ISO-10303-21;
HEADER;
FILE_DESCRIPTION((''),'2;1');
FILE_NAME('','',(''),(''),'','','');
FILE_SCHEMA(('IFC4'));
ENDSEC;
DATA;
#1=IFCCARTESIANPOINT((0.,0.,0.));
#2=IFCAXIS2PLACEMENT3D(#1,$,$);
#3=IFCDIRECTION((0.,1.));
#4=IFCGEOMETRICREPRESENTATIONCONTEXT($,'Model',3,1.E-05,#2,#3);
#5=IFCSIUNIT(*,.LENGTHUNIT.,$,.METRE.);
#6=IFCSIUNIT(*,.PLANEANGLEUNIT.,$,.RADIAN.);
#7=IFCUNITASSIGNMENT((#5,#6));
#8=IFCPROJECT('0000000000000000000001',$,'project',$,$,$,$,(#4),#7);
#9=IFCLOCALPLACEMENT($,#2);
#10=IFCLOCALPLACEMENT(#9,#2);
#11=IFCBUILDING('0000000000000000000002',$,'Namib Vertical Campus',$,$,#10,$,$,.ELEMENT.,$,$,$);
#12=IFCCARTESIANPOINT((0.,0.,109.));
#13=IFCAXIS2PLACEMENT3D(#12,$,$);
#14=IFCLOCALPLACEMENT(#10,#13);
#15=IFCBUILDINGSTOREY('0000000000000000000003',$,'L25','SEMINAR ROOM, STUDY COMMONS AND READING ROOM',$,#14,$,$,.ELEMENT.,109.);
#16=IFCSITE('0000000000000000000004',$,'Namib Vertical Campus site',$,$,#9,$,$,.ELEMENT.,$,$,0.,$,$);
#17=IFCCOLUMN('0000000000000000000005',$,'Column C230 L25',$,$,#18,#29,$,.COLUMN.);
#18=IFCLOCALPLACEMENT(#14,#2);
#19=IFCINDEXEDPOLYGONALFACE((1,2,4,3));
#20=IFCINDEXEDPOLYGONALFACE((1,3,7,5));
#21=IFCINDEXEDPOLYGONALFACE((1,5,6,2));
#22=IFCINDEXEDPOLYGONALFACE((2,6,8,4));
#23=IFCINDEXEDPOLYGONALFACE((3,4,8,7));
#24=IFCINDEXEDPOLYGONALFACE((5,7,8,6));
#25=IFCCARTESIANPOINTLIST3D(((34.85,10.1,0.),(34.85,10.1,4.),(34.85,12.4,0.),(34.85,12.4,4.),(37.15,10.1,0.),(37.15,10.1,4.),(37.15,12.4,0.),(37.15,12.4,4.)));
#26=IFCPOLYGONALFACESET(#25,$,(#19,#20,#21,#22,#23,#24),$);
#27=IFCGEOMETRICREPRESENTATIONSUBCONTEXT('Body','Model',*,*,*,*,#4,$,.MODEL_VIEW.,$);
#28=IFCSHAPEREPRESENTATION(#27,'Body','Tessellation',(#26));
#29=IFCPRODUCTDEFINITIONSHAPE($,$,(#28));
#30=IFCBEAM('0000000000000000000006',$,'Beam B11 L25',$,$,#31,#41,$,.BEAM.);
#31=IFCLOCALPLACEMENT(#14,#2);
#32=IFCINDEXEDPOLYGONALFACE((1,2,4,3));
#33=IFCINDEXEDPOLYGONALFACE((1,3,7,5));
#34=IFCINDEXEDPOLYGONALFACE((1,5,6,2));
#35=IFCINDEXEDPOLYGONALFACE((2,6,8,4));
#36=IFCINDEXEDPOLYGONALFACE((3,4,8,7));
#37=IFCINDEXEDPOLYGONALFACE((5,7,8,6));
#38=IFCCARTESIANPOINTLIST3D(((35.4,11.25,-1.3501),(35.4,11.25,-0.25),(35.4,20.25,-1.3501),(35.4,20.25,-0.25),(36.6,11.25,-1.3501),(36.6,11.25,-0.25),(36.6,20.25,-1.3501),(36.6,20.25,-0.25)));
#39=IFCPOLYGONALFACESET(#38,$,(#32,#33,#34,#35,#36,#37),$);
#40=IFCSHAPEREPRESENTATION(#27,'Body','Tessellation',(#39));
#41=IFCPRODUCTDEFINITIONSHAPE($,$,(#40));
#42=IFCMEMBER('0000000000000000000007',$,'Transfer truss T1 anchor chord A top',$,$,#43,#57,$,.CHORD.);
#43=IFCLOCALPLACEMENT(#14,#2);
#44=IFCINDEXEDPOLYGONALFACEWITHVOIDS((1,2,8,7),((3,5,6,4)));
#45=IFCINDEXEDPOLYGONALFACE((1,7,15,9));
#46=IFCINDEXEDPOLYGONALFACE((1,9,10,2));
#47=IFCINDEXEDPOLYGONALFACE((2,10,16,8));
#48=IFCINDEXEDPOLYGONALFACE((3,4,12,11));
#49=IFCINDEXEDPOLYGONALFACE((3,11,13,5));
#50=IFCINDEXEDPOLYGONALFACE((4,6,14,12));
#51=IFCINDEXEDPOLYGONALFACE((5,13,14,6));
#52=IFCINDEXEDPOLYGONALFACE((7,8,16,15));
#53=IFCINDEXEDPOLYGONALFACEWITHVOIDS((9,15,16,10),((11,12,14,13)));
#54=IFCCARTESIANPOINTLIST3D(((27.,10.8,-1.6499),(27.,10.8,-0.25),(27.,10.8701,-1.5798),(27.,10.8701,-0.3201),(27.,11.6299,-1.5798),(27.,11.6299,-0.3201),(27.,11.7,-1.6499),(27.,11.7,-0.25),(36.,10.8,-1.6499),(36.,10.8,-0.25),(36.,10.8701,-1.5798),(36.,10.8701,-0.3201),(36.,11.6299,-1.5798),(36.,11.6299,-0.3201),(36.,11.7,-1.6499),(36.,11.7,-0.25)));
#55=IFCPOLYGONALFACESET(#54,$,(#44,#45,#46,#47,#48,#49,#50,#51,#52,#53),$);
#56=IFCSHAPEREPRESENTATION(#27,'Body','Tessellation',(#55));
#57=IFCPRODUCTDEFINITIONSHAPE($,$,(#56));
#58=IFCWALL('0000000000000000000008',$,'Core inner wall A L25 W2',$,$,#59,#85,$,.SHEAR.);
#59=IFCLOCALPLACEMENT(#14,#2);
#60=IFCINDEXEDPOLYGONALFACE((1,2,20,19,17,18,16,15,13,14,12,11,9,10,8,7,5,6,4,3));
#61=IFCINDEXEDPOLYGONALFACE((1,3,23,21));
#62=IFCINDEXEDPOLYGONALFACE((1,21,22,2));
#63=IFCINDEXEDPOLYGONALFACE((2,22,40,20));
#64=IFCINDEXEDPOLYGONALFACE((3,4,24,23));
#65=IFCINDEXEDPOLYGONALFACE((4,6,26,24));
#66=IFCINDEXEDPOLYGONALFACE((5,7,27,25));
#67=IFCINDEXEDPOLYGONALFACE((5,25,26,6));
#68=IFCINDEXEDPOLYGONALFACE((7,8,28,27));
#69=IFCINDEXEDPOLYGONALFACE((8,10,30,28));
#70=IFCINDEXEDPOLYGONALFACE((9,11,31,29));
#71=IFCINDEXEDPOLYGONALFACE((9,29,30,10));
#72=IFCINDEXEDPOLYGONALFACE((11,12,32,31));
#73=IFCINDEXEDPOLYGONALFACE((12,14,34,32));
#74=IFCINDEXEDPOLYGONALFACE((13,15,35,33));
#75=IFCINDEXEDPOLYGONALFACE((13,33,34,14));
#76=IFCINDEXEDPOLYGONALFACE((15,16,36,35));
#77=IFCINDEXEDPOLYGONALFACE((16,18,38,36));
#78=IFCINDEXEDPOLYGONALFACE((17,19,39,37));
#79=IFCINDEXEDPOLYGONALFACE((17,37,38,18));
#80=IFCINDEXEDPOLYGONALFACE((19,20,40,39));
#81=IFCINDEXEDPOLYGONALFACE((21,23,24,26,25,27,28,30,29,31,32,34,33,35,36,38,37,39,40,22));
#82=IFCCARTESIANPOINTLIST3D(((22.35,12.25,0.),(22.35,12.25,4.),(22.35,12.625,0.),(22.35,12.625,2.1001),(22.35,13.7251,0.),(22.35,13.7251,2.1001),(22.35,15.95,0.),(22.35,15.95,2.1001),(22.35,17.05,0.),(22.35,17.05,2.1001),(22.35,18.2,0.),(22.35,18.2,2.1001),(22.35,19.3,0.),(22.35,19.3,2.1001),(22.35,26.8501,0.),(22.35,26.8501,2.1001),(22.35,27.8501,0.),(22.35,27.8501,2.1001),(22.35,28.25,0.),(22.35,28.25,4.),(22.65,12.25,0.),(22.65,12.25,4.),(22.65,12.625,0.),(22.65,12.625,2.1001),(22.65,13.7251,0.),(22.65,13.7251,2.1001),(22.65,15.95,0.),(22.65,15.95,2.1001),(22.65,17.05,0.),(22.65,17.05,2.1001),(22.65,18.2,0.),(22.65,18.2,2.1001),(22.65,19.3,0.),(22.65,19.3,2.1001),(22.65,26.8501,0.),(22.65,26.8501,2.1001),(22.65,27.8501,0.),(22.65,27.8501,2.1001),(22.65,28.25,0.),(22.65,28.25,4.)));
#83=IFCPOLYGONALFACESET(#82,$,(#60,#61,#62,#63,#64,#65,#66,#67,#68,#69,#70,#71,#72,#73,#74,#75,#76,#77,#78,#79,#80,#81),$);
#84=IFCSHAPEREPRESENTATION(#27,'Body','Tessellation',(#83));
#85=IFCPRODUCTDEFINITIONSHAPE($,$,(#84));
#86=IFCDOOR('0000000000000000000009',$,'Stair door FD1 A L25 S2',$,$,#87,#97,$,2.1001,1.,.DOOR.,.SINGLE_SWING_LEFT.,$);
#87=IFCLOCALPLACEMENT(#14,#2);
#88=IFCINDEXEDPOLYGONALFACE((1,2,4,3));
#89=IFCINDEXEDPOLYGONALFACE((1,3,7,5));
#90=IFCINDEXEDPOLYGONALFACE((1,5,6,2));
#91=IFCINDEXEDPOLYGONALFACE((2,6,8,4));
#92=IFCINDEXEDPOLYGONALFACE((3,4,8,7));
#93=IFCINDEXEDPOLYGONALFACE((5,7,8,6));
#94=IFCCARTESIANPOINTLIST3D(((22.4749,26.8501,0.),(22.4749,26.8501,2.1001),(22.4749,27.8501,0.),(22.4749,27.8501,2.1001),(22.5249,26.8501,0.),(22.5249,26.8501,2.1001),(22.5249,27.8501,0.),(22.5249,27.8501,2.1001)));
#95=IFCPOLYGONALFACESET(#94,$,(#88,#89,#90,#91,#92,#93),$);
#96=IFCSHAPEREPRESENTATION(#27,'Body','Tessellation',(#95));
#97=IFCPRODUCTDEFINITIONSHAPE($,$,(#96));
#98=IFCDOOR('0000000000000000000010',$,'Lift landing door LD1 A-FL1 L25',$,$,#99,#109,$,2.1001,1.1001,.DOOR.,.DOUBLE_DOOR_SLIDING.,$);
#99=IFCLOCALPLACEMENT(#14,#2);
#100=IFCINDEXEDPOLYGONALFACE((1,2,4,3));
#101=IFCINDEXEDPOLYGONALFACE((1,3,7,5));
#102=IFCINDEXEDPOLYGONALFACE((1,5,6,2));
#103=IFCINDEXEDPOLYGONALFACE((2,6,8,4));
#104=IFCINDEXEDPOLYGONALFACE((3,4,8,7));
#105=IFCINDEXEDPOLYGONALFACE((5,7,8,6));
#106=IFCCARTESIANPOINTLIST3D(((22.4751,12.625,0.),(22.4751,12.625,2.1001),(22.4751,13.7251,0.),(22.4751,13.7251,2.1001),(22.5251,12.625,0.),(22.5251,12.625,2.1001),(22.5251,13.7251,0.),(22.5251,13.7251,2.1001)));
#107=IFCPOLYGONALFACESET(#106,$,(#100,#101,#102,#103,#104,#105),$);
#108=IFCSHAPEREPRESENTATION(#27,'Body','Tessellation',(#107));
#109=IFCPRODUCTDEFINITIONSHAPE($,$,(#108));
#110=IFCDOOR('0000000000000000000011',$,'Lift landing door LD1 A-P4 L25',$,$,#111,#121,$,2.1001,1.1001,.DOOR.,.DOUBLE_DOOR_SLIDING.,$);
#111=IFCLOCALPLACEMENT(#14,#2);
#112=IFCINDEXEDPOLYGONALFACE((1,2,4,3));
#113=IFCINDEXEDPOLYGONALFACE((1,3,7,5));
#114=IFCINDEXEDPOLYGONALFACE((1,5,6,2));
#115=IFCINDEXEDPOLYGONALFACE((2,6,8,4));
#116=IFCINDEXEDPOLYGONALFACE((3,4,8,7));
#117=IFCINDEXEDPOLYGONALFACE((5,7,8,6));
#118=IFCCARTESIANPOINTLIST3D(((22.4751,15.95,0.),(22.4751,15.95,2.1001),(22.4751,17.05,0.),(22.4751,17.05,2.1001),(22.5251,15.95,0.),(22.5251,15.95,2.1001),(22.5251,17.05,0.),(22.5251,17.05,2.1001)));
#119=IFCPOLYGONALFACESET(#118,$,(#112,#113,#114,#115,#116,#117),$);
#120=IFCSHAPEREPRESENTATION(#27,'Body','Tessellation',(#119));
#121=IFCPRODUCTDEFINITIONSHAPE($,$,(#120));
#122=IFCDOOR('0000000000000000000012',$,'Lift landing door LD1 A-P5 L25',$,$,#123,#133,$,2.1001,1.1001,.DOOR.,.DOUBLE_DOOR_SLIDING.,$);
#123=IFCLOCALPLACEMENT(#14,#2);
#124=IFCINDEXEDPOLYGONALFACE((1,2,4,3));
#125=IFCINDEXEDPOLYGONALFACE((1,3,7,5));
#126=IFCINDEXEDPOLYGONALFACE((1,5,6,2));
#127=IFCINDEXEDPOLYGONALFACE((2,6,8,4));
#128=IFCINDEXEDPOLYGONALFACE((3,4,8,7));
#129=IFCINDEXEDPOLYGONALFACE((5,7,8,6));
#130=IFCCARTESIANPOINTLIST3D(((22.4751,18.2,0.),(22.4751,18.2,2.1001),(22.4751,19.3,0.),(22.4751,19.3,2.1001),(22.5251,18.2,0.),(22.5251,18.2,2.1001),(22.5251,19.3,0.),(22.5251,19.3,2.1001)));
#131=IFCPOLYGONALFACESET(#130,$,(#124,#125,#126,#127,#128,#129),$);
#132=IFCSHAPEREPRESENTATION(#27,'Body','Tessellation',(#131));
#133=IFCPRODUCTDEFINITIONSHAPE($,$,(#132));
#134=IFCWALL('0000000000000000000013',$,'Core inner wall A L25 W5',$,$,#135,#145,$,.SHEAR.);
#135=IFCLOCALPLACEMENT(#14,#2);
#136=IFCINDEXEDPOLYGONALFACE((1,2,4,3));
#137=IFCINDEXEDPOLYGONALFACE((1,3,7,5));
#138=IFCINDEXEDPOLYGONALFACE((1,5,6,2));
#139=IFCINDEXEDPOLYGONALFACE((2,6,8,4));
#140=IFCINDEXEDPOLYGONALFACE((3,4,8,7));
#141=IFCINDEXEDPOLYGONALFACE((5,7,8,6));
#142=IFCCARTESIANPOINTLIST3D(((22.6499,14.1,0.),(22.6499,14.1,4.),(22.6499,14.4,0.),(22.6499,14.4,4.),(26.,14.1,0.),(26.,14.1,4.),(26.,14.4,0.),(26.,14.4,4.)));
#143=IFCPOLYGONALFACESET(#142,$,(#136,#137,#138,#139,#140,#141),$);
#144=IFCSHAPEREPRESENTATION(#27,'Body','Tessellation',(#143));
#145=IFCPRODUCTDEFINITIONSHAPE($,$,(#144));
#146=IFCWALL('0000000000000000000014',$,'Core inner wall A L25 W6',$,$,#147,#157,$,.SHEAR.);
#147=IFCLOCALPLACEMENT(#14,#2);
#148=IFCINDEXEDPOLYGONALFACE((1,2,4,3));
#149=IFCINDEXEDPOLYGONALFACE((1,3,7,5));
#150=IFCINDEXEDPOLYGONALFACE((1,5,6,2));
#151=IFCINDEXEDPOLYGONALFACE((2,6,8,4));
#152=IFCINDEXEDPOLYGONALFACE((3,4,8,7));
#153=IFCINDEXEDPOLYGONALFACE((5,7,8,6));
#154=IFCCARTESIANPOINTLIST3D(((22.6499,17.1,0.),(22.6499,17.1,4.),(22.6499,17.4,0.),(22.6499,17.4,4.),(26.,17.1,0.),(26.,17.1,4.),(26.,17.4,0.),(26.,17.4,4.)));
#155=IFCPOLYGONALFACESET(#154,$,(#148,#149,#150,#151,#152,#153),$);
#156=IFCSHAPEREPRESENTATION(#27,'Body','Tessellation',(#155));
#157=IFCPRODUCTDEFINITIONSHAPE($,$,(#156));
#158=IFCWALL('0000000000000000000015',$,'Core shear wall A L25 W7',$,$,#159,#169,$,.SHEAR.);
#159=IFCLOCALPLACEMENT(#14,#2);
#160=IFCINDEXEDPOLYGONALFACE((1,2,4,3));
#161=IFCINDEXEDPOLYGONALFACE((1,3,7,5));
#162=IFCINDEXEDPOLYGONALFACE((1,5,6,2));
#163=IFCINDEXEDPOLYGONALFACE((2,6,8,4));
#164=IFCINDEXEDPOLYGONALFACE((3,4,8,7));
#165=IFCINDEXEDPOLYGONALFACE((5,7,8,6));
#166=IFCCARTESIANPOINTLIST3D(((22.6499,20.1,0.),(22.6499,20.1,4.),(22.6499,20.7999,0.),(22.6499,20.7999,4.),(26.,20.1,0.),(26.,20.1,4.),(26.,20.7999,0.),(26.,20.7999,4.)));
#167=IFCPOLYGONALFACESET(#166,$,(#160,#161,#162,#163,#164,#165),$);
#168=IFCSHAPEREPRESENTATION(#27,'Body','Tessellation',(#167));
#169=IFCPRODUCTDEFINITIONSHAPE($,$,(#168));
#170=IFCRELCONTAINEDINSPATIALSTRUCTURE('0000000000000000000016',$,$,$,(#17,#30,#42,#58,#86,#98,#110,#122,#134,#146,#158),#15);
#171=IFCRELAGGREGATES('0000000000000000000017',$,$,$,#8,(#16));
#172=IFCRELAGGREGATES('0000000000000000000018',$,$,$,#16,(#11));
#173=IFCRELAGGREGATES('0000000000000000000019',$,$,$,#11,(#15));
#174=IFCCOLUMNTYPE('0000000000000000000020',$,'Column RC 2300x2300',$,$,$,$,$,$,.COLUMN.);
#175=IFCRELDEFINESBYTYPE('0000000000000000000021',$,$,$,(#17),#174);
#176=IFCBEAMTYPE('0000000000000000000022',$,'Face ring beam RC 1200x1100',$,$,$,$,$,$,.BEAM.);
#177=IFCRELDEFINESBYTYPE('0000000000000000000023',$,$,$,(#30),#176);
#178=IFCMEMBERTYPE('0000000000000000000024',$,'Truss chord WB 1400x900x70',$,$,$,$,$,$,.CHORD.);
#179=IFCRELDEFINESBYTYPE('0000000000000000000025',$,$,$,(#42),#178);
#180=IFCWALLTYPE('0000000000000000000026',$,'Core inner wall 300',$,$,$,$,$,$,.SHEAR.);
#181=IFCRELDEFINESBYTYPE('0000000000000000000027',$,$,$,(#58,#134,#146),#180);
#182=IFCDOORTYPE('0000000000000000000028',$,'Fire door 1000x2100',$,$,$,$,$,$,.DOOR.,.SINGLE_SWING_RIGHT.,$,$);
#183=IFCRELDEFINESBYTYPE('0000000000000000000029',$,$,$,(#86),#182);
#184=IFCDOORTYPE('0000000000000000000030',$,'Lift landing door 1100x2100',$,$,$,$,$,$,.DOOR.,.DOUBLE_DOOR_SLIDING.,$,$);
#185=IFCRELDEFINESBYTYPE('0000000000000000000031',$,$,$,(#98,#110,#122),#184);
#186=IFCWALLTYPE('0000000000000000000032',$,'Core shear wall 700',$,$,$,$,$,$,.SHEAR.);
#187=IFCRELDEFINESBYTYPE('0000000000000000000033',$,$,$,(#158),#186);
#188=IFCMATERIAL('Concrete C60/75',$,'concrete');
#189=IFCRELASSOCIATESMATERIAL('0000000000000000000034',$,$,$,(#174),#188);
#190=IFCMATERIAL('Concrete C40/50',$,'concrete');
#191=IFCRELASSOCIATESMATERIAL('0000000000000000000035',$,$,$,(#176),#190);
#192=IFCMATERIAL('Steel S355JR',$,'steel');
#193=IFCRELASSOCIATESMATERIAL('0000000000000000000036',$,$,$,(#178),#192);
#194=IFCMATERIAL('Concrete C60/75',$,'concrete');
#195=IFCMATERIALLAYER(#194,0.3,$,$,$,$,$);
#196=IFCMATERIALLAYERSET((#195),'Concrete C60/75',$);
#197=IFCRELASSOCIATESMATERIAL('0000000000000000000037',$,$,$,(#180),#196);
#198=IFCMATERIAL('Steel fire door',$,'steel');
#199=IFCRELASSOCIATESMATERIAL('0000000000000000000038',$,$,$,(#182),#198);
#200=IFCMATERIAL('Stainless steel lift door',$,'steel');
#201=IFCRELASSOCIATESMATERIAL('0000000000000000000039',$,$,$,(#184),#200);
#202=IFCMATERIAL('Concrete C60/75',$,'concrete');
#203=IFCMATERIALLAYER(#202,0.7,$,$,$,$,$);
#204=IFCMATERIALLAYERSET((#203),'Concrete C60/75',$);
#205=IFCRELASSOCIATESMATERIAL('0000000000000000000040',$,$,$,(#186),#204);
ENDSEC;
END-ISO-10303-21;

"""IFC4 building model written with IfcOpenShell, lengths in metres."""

from ifc_helpers import new_model, si_unit, direction, frame, frame_2d, origin, origin_2d, place, context, subcontext, project, spatial, rectangle, hollow_rectangle, extrude, material, layer, layer_set, material_profile, profile_set, type_object, element, fill, save


model = new_model("IFC4")

# Units and contexts
model_context = context("Model", 3, precision=1e-05, world=origin(), true_north=direction((0.0, 1.0)))
body_context = subcontext(model_context, "Body", "Model", "MODEL_VIEW")
ifc_project = project(units=[si_unit("LENGTHUNIT", "METRE"), si_unit("PLANEANGLEUNIT", "RADIAN")], contexts=[model_context])

# Site, building, storey
site_placement = place(None, origin())
site = spatial("IfcSite", under=ifc_project, at=site_placement, Name="Namib Vertical Campus site", CompositionType="ELEMENT", RefElevation=0.0)
building_placement = place(site_placement, origin())
building = spatial("IfcBuilding", under=site, at=building_placement, Name="Namib Vertical Campus", CompositionType="ELEMENT")
storey_placement = place(building_placement, frame((0.0, 0.0, 109.0)))
storey = spatial("IfcBuildingStorey", under=building, at=storey_placement, Name="L25", Description="SEMINAR ROOM, STUDY COMMONS AND READING ROOM", CompositionType="ELEMENT", Elevation=109.0)

# Column
ifc_material_1 = material(Name="Concrete C60/75", Category="concrete")
ifc_material_profile_1 = material_profile(ifc_material_1, rectangle(XDim=2.3, YDim=2.3, at=origin_2d()))
ifc_profile_set_1 = profile_set([ifc_material_profile_1], Name="Concrete C60/75")
column_type = type_object("IfcColumnType", Name="Column RC 2300x2300", PredefinedType="COLUMN", material=ifc_profile_set_1)
column_placement = place(storey_placement, frame((36.0, 11.25, 0.0), z_axis=(0.0, 0.0, 1.0), x_axis=(1.0, 0.0, 0.0)))
element("IfcColumn", 1, at=column_placement, inside=storey, type_object=column_type, Name="Column C230 L25", PredefinedType="COLUMN", context=body_context, shape_type="SweptSolid", body=[
    extrude(rectangle(XDim=2.3, YDim=2.3, at=origin_2d()), origin(), (0.0, 0.0, 1.0), 4.0),
])

# Beam
ifc_material_2 = material(Name="Concrete C40/50", Category="concrete")
ifc_material_profile_2 = material_profile(ifc_material_2, rectangle(XDim=1.2, YDim=1.1001, at=origin_2d()))
ifc_profile_set_2 = profile_set([ifc_material_profile_2], Name="Concrete C40/50")
beam_type = type_object("IfcBeamType", Name="Face ring beam RC 1200x1100", PredefinedType="BEAM", material=ifc_profile_set_2)
beam_placement = place(storey_placement, frame((36.0, 11.25, -0.8), z_axis=(0.0, 1.0, 0.0), x_axis=(-1.0, 0.0, 0.0)))
element("IfcBeam", 2, at=beam_placement, inside=storey, type_object=beam_type, Name="Beam B11 L25", PredefinedType="BEAM", context=body_context, shape_type="SweptSolid", body=[
    extrude(rectangle(XDim=1.2, YDim=1.1001, at=origin_2d()), origin(), (0.0, 0.0, 1.0), 9.0),
])

# Member
ifc_material_3 = material(Name="Steel S355JR", Category="steel")
ifc_material_profile_3 = material_profile(ifc_material_3, hollow_rectangle(XDim=0.8999, YDim=1.3999, WallThickness=0.0701, at=origin_2d()))
ifc_profile_set_3 = profile_set([ifc_material_profile_3], Name="Steel S355JR")
member_type = type_object("IfcMemberType", Name="Truss chord WB 1400x900x70", PredefinedType="CHORD", material=ifc_profile_set_3)
member_placement = place(storey_placement, frame((36.0, 11.25, -0.95), z_axis=(-1.0, 0.0, 0.0), x_axis=(0.0, -1.0, 0.0)))
element("IfcMember", 3, at=member_placement, inside=storey, type_object=member_type, Name="Transfer truss T1 anchor chord A top", PredefinedType="CHORD", context=body_context, shape_type="SweptSolid", body=[
    extrude(hollow_rectangle(XDim=0.8999, YDim=1.3999, WallThickness=0.0701, at=origin_2d()), origin(), (0.0, 0.0, 1.0), 9.0),
])

# Wall, openings, doors
ifc_material_4 = material(Name="Concrete C60/75", Category="concrete")
ifc_layer_1 = layer(ifc_material_4, 0.3)
ifc_layer_set_1 = layer_set([ifc_layer_1], Name="Concrete C60/75")
wall_type_1 = type_object("IfcWallType", Name="Core inner wall 300", PredefinedType="SHEAR", material=ifc_layer_set_1)
wall_1_placement = place(storey_placement, frame((22.5, 12.25, 0.0), z_axis=(0.0, 0.0, 1.0), x_axis=(0.0, 1.0, 0.0)))
wall_1 = element("IfcWall", 4, at=wall_1_placement, inside=storey, type_object=wall_type_1, Name="Core inner wall A L25 W2", PredefinedType="SHEAR", context=body_context, shape_type="SweptSolid", body=[
    extrude(rectangle(XDim=16.0, YDim=0.3, at=frame_2d((8.0, 0.0))), origin(), (0.0, 0.0, 1.0), 4.0),
])
opening_1_placement = place(wall_1_placement, frame((14.6001, 0.0, 0.0)))
opening_1 = element("IfcOpeningElement", 5, at=opening_1_placement, cuts=wall_1, PredefinedType="OPENING", context=body_context, shape_type="SweptSolid", body=[
    extrude(rectangle(XDim=1.0, YDim=2.1001, at=frame_2d((0.5, 1.05))), frame((0.0, 0.1599, 0.0), z_axis=(0.0, -1.0, 0.0), x_axis=(1.0, 0.0, 0.0)), (0.0, 0.0, 1.0), 0.3201),
])
opening_2_placement = place(wall_1_placement, frame((0.375, 0.0, 0.0)))
opening_2 = element("IfcOpeningElement", 6, at=opening_2_placement, cuts=wall_1, PredefinedType="OPENING", context=body_context, shape_type="SweptSolid", body=[
    extrude(rectangle(XDim=1.1001, YDim=2.1001, at=frame_2d((0.55, 1.05))), frame((0.0, 0.1599, 0.0), z_axis=(0.0, -1.0, 0.0), x_axis=(1.0, 0.0, 0.0)), (0.0, 0.0, 1.0), 0.3201),
])
opening_3_placement = place(wall_1_placement, frame((3.7, 0.0, 0.0)))
opening_3 = element("IfcOpeningElement", 7, at=opening_3_placement, cuts=wall_1, PredefinedType="OPENING", context=body_context, shape_type="SweptSolid", body=[
    extrude(rectangle(XDim=1.1001, YDim=2.1001, at=frame_2d((0.55, 1.05))), frame((0.0, 0.1599, 0.0), z_axis=(0.0, -1.0, 0.0), x_axis=(1.0, 0.0, 0.0)), (0.0, 0.0, 1.0), 0.3201),
])
opening_4_placement = place(wall_1_placement, frame((5.95, 0.0, 0.0)))
opening_4 = element("IfcOpeningElement", 8, at=opening_4_placement, cuts=wall_1, PredefinedType="OPENING", context=body_context, shape_type="SweptSolid", body=[
    extrude(rectangle(XDim=1.1001, YDim=2.1001, at=frame_2d((0.55, 1.05))), frame((0.0, 0.1599, 0.0), z_axis=(0.0, -1.0, 0.0), x_axis=(1.0, 0.0, 0.0)), (0.0, 0.0, 1.0), 0.3201),
])
ifc_material_5 = material(Name="Steel fire door", Category="steel")
door_type_1 = type_object("IfcDoorType", Name="Fire door 1000x2100", OperationType="SINGLE_SWING_RIGHT", PredefinedType="DOOR", material=ifc_material_5)
door_1_placement = place(opening_1_placement, frame((1.0, 0.0, 0.0), z_axis=(0.0, 0.0, 1.0), x_axis=(-1.0, 0.0, 0.0)))
door_1 = element("IfcDoor", 9, at=door_1_placement, inside=storey, type_object=door_type_1, Name="Stair door FD1 A L25 S2", OperationType="SINGLE_SWING_LEFT", OverallHeight=2.1001, OverallWidth=1.0, PredefinedType="DOOR", context=body_context, shape_type="SweptSolid", body=[
    extrude(rectangle(XDim=1.0, YDim=2.1001, at=frame_2d((0.5, 1.05))), frame((0.0, 0.0249, 0.0), z_axis=(0.0, -1.0, 0.0), x_axis=(1.0, 0.0, 0.0)), (0.0, 0.0, 1.0), 0.05),
])
fill(opening_1, door_1)
ifc_material_6 = material(Name="Stainless steel lift door", Category="steel")
door_type_2 = type_object("IfcDoorType", Name="Lift landing door 1100x2100", OperationType="DOUBLE_DOOR_SLIDING", PredefinedType="DOOR", material=ifc_material_6)
door_2_placement = place(opening_2_placement, origin())
door_2 = element("IfcDoor", 10, at=door_2_placement, inside=storey, type_object=door_type_2, Name="Lift landing door LD1 A-FL1 L25", OperationType="DOUBLE_DOOR_SLIDING", OverallHeight=2.1001, OverallWidth=1.1001, PredefinedType="DOOR", context=body_context, shape_type="SweptSolid", body=[
    extrude(rectangle(XDim=1.1001, YDim=2.1001, at=frame_2d((0.55, 1.05))), frame((0.0, 0.0249, 0.0), z_axis=(0.0, -1.0, 0.0), x_axis=(1.0, 0.0, 0.0)), (0.0, 0.0, 1.0), 0.05),
])
fill(opening_2, door_2)
door_3_placement = place(opening_3_placement, origin())
door_3 = element("IfcDoor", 11, at=door_3_placement, inside=storey, type_object=door_type_2, Name="Lift landing door LD1 A-P4 L25", OperationType="DOUBLE_DOOR_SLIDING", OverallHeight=2.1001, OverallWidth=1.1001, PredefinedType="DOOR", context=body_context, shape_type="SweptSolid", body=[
    extrude(rectangle(XDim=1.1001, YDim=2.1001, at=frame_2d((0.55, 1.05))), frame((0.0, 0.0249, 0.0), z_axis=(0.0, -1.0, 0.0), x_axis=(1.0, 0.0, 0.0)), (0.0, 0.0, 1.0), 0.05),
])
fill(opening_3, door_3)
door_4_placement = place(opening_4_placement, origin())
door_4 = element("IfcDoor", 12, at=door_4_placement, inside=storey, type_object=door_type_2, Name="Lift landing door LD1 A-P5 L25", OperationType="DOUBLE_DOOR_SLIDING", OverallHeight=2.1001, OverallWidth=1.1001, PredefinedType="DOOR", context=body_context, shape_type="SweptSolid", body=[
    extrude(rectangle(XDim=1.1001, YDim=2.1001, at=frame_2d((0.55, 1.05))), frame((0.0, 0.0249, 0.0), z_axis=(0.0, -1.0, 0.0), x_axis=(1.0, 0.0, 0.0)), (0.0, 0.0, 1.0), 0.05),
])
fill(opening_4, door_4)

# Walls
for number, where, z_axis, x_axis, name in (
    (13, (22.6499, 14.25, 0.0), (0.0, 0.0, 1.0), (1.0, 0.0, 0.0), "Core inner wall A L25 W5"),
    (14, (22.6499, 17.25, 0.0), (0.0, 0.0, 1.0), (1.0, 0.0, 0.0), "Core inner wall A L25 W6"),
):
    element("IfcWall", number, at=place(storey_placement, frame(where, z_axis=z_axis, x_axis=x_axis)), inside=storey, type_object=wall_type_1, Name=name, PredefinedType="SHEAR", context=body_context, shape_type="SweptSolid", body=[
        extrude(rectangle(XDim=3.3501, YDim=0.3, at=frame_2d((1.675, 0.0))), origin(), (0.0, 0.0, 1.0), 4.0),
    ])
ifc_material_7 = material(Name="Concrete C60/75", Category="concrete")
ifc_layer_2 = layer(ifc_material_7, 0.7)
ifc_layer_set_2 = layer_set([ifc_layer_2], Name="Concrete C60/75")
wall_type_2 = type_object("IfcWallType", Name="Core shear wall 700", PredefinedType="SHEAR", material=ifc_layer_set_2)
wall_2_placement = place(storey_placement, frame((22.6499, 20.45, 0.0), z_axis=(0.0, 0.0, 1.0), x_axis=(1.0, 0.0, 0.0)))
element("IfcWall", 15, at=wall_2_placement, inside=storey, type_object=wall_type_2, Name="Core shear wall A L25 W7", PredefinedType="SHEAR", context=body_context, shape_type="SweptSolid", body=[
    extrude(rectangle(XDim=3.3501, YDim=0.7, at=frame_2d((1.675, 0.0))), origin(), (0.0, 0.0, 1.0), 4.0),
])

save(model, "model.ifc")
